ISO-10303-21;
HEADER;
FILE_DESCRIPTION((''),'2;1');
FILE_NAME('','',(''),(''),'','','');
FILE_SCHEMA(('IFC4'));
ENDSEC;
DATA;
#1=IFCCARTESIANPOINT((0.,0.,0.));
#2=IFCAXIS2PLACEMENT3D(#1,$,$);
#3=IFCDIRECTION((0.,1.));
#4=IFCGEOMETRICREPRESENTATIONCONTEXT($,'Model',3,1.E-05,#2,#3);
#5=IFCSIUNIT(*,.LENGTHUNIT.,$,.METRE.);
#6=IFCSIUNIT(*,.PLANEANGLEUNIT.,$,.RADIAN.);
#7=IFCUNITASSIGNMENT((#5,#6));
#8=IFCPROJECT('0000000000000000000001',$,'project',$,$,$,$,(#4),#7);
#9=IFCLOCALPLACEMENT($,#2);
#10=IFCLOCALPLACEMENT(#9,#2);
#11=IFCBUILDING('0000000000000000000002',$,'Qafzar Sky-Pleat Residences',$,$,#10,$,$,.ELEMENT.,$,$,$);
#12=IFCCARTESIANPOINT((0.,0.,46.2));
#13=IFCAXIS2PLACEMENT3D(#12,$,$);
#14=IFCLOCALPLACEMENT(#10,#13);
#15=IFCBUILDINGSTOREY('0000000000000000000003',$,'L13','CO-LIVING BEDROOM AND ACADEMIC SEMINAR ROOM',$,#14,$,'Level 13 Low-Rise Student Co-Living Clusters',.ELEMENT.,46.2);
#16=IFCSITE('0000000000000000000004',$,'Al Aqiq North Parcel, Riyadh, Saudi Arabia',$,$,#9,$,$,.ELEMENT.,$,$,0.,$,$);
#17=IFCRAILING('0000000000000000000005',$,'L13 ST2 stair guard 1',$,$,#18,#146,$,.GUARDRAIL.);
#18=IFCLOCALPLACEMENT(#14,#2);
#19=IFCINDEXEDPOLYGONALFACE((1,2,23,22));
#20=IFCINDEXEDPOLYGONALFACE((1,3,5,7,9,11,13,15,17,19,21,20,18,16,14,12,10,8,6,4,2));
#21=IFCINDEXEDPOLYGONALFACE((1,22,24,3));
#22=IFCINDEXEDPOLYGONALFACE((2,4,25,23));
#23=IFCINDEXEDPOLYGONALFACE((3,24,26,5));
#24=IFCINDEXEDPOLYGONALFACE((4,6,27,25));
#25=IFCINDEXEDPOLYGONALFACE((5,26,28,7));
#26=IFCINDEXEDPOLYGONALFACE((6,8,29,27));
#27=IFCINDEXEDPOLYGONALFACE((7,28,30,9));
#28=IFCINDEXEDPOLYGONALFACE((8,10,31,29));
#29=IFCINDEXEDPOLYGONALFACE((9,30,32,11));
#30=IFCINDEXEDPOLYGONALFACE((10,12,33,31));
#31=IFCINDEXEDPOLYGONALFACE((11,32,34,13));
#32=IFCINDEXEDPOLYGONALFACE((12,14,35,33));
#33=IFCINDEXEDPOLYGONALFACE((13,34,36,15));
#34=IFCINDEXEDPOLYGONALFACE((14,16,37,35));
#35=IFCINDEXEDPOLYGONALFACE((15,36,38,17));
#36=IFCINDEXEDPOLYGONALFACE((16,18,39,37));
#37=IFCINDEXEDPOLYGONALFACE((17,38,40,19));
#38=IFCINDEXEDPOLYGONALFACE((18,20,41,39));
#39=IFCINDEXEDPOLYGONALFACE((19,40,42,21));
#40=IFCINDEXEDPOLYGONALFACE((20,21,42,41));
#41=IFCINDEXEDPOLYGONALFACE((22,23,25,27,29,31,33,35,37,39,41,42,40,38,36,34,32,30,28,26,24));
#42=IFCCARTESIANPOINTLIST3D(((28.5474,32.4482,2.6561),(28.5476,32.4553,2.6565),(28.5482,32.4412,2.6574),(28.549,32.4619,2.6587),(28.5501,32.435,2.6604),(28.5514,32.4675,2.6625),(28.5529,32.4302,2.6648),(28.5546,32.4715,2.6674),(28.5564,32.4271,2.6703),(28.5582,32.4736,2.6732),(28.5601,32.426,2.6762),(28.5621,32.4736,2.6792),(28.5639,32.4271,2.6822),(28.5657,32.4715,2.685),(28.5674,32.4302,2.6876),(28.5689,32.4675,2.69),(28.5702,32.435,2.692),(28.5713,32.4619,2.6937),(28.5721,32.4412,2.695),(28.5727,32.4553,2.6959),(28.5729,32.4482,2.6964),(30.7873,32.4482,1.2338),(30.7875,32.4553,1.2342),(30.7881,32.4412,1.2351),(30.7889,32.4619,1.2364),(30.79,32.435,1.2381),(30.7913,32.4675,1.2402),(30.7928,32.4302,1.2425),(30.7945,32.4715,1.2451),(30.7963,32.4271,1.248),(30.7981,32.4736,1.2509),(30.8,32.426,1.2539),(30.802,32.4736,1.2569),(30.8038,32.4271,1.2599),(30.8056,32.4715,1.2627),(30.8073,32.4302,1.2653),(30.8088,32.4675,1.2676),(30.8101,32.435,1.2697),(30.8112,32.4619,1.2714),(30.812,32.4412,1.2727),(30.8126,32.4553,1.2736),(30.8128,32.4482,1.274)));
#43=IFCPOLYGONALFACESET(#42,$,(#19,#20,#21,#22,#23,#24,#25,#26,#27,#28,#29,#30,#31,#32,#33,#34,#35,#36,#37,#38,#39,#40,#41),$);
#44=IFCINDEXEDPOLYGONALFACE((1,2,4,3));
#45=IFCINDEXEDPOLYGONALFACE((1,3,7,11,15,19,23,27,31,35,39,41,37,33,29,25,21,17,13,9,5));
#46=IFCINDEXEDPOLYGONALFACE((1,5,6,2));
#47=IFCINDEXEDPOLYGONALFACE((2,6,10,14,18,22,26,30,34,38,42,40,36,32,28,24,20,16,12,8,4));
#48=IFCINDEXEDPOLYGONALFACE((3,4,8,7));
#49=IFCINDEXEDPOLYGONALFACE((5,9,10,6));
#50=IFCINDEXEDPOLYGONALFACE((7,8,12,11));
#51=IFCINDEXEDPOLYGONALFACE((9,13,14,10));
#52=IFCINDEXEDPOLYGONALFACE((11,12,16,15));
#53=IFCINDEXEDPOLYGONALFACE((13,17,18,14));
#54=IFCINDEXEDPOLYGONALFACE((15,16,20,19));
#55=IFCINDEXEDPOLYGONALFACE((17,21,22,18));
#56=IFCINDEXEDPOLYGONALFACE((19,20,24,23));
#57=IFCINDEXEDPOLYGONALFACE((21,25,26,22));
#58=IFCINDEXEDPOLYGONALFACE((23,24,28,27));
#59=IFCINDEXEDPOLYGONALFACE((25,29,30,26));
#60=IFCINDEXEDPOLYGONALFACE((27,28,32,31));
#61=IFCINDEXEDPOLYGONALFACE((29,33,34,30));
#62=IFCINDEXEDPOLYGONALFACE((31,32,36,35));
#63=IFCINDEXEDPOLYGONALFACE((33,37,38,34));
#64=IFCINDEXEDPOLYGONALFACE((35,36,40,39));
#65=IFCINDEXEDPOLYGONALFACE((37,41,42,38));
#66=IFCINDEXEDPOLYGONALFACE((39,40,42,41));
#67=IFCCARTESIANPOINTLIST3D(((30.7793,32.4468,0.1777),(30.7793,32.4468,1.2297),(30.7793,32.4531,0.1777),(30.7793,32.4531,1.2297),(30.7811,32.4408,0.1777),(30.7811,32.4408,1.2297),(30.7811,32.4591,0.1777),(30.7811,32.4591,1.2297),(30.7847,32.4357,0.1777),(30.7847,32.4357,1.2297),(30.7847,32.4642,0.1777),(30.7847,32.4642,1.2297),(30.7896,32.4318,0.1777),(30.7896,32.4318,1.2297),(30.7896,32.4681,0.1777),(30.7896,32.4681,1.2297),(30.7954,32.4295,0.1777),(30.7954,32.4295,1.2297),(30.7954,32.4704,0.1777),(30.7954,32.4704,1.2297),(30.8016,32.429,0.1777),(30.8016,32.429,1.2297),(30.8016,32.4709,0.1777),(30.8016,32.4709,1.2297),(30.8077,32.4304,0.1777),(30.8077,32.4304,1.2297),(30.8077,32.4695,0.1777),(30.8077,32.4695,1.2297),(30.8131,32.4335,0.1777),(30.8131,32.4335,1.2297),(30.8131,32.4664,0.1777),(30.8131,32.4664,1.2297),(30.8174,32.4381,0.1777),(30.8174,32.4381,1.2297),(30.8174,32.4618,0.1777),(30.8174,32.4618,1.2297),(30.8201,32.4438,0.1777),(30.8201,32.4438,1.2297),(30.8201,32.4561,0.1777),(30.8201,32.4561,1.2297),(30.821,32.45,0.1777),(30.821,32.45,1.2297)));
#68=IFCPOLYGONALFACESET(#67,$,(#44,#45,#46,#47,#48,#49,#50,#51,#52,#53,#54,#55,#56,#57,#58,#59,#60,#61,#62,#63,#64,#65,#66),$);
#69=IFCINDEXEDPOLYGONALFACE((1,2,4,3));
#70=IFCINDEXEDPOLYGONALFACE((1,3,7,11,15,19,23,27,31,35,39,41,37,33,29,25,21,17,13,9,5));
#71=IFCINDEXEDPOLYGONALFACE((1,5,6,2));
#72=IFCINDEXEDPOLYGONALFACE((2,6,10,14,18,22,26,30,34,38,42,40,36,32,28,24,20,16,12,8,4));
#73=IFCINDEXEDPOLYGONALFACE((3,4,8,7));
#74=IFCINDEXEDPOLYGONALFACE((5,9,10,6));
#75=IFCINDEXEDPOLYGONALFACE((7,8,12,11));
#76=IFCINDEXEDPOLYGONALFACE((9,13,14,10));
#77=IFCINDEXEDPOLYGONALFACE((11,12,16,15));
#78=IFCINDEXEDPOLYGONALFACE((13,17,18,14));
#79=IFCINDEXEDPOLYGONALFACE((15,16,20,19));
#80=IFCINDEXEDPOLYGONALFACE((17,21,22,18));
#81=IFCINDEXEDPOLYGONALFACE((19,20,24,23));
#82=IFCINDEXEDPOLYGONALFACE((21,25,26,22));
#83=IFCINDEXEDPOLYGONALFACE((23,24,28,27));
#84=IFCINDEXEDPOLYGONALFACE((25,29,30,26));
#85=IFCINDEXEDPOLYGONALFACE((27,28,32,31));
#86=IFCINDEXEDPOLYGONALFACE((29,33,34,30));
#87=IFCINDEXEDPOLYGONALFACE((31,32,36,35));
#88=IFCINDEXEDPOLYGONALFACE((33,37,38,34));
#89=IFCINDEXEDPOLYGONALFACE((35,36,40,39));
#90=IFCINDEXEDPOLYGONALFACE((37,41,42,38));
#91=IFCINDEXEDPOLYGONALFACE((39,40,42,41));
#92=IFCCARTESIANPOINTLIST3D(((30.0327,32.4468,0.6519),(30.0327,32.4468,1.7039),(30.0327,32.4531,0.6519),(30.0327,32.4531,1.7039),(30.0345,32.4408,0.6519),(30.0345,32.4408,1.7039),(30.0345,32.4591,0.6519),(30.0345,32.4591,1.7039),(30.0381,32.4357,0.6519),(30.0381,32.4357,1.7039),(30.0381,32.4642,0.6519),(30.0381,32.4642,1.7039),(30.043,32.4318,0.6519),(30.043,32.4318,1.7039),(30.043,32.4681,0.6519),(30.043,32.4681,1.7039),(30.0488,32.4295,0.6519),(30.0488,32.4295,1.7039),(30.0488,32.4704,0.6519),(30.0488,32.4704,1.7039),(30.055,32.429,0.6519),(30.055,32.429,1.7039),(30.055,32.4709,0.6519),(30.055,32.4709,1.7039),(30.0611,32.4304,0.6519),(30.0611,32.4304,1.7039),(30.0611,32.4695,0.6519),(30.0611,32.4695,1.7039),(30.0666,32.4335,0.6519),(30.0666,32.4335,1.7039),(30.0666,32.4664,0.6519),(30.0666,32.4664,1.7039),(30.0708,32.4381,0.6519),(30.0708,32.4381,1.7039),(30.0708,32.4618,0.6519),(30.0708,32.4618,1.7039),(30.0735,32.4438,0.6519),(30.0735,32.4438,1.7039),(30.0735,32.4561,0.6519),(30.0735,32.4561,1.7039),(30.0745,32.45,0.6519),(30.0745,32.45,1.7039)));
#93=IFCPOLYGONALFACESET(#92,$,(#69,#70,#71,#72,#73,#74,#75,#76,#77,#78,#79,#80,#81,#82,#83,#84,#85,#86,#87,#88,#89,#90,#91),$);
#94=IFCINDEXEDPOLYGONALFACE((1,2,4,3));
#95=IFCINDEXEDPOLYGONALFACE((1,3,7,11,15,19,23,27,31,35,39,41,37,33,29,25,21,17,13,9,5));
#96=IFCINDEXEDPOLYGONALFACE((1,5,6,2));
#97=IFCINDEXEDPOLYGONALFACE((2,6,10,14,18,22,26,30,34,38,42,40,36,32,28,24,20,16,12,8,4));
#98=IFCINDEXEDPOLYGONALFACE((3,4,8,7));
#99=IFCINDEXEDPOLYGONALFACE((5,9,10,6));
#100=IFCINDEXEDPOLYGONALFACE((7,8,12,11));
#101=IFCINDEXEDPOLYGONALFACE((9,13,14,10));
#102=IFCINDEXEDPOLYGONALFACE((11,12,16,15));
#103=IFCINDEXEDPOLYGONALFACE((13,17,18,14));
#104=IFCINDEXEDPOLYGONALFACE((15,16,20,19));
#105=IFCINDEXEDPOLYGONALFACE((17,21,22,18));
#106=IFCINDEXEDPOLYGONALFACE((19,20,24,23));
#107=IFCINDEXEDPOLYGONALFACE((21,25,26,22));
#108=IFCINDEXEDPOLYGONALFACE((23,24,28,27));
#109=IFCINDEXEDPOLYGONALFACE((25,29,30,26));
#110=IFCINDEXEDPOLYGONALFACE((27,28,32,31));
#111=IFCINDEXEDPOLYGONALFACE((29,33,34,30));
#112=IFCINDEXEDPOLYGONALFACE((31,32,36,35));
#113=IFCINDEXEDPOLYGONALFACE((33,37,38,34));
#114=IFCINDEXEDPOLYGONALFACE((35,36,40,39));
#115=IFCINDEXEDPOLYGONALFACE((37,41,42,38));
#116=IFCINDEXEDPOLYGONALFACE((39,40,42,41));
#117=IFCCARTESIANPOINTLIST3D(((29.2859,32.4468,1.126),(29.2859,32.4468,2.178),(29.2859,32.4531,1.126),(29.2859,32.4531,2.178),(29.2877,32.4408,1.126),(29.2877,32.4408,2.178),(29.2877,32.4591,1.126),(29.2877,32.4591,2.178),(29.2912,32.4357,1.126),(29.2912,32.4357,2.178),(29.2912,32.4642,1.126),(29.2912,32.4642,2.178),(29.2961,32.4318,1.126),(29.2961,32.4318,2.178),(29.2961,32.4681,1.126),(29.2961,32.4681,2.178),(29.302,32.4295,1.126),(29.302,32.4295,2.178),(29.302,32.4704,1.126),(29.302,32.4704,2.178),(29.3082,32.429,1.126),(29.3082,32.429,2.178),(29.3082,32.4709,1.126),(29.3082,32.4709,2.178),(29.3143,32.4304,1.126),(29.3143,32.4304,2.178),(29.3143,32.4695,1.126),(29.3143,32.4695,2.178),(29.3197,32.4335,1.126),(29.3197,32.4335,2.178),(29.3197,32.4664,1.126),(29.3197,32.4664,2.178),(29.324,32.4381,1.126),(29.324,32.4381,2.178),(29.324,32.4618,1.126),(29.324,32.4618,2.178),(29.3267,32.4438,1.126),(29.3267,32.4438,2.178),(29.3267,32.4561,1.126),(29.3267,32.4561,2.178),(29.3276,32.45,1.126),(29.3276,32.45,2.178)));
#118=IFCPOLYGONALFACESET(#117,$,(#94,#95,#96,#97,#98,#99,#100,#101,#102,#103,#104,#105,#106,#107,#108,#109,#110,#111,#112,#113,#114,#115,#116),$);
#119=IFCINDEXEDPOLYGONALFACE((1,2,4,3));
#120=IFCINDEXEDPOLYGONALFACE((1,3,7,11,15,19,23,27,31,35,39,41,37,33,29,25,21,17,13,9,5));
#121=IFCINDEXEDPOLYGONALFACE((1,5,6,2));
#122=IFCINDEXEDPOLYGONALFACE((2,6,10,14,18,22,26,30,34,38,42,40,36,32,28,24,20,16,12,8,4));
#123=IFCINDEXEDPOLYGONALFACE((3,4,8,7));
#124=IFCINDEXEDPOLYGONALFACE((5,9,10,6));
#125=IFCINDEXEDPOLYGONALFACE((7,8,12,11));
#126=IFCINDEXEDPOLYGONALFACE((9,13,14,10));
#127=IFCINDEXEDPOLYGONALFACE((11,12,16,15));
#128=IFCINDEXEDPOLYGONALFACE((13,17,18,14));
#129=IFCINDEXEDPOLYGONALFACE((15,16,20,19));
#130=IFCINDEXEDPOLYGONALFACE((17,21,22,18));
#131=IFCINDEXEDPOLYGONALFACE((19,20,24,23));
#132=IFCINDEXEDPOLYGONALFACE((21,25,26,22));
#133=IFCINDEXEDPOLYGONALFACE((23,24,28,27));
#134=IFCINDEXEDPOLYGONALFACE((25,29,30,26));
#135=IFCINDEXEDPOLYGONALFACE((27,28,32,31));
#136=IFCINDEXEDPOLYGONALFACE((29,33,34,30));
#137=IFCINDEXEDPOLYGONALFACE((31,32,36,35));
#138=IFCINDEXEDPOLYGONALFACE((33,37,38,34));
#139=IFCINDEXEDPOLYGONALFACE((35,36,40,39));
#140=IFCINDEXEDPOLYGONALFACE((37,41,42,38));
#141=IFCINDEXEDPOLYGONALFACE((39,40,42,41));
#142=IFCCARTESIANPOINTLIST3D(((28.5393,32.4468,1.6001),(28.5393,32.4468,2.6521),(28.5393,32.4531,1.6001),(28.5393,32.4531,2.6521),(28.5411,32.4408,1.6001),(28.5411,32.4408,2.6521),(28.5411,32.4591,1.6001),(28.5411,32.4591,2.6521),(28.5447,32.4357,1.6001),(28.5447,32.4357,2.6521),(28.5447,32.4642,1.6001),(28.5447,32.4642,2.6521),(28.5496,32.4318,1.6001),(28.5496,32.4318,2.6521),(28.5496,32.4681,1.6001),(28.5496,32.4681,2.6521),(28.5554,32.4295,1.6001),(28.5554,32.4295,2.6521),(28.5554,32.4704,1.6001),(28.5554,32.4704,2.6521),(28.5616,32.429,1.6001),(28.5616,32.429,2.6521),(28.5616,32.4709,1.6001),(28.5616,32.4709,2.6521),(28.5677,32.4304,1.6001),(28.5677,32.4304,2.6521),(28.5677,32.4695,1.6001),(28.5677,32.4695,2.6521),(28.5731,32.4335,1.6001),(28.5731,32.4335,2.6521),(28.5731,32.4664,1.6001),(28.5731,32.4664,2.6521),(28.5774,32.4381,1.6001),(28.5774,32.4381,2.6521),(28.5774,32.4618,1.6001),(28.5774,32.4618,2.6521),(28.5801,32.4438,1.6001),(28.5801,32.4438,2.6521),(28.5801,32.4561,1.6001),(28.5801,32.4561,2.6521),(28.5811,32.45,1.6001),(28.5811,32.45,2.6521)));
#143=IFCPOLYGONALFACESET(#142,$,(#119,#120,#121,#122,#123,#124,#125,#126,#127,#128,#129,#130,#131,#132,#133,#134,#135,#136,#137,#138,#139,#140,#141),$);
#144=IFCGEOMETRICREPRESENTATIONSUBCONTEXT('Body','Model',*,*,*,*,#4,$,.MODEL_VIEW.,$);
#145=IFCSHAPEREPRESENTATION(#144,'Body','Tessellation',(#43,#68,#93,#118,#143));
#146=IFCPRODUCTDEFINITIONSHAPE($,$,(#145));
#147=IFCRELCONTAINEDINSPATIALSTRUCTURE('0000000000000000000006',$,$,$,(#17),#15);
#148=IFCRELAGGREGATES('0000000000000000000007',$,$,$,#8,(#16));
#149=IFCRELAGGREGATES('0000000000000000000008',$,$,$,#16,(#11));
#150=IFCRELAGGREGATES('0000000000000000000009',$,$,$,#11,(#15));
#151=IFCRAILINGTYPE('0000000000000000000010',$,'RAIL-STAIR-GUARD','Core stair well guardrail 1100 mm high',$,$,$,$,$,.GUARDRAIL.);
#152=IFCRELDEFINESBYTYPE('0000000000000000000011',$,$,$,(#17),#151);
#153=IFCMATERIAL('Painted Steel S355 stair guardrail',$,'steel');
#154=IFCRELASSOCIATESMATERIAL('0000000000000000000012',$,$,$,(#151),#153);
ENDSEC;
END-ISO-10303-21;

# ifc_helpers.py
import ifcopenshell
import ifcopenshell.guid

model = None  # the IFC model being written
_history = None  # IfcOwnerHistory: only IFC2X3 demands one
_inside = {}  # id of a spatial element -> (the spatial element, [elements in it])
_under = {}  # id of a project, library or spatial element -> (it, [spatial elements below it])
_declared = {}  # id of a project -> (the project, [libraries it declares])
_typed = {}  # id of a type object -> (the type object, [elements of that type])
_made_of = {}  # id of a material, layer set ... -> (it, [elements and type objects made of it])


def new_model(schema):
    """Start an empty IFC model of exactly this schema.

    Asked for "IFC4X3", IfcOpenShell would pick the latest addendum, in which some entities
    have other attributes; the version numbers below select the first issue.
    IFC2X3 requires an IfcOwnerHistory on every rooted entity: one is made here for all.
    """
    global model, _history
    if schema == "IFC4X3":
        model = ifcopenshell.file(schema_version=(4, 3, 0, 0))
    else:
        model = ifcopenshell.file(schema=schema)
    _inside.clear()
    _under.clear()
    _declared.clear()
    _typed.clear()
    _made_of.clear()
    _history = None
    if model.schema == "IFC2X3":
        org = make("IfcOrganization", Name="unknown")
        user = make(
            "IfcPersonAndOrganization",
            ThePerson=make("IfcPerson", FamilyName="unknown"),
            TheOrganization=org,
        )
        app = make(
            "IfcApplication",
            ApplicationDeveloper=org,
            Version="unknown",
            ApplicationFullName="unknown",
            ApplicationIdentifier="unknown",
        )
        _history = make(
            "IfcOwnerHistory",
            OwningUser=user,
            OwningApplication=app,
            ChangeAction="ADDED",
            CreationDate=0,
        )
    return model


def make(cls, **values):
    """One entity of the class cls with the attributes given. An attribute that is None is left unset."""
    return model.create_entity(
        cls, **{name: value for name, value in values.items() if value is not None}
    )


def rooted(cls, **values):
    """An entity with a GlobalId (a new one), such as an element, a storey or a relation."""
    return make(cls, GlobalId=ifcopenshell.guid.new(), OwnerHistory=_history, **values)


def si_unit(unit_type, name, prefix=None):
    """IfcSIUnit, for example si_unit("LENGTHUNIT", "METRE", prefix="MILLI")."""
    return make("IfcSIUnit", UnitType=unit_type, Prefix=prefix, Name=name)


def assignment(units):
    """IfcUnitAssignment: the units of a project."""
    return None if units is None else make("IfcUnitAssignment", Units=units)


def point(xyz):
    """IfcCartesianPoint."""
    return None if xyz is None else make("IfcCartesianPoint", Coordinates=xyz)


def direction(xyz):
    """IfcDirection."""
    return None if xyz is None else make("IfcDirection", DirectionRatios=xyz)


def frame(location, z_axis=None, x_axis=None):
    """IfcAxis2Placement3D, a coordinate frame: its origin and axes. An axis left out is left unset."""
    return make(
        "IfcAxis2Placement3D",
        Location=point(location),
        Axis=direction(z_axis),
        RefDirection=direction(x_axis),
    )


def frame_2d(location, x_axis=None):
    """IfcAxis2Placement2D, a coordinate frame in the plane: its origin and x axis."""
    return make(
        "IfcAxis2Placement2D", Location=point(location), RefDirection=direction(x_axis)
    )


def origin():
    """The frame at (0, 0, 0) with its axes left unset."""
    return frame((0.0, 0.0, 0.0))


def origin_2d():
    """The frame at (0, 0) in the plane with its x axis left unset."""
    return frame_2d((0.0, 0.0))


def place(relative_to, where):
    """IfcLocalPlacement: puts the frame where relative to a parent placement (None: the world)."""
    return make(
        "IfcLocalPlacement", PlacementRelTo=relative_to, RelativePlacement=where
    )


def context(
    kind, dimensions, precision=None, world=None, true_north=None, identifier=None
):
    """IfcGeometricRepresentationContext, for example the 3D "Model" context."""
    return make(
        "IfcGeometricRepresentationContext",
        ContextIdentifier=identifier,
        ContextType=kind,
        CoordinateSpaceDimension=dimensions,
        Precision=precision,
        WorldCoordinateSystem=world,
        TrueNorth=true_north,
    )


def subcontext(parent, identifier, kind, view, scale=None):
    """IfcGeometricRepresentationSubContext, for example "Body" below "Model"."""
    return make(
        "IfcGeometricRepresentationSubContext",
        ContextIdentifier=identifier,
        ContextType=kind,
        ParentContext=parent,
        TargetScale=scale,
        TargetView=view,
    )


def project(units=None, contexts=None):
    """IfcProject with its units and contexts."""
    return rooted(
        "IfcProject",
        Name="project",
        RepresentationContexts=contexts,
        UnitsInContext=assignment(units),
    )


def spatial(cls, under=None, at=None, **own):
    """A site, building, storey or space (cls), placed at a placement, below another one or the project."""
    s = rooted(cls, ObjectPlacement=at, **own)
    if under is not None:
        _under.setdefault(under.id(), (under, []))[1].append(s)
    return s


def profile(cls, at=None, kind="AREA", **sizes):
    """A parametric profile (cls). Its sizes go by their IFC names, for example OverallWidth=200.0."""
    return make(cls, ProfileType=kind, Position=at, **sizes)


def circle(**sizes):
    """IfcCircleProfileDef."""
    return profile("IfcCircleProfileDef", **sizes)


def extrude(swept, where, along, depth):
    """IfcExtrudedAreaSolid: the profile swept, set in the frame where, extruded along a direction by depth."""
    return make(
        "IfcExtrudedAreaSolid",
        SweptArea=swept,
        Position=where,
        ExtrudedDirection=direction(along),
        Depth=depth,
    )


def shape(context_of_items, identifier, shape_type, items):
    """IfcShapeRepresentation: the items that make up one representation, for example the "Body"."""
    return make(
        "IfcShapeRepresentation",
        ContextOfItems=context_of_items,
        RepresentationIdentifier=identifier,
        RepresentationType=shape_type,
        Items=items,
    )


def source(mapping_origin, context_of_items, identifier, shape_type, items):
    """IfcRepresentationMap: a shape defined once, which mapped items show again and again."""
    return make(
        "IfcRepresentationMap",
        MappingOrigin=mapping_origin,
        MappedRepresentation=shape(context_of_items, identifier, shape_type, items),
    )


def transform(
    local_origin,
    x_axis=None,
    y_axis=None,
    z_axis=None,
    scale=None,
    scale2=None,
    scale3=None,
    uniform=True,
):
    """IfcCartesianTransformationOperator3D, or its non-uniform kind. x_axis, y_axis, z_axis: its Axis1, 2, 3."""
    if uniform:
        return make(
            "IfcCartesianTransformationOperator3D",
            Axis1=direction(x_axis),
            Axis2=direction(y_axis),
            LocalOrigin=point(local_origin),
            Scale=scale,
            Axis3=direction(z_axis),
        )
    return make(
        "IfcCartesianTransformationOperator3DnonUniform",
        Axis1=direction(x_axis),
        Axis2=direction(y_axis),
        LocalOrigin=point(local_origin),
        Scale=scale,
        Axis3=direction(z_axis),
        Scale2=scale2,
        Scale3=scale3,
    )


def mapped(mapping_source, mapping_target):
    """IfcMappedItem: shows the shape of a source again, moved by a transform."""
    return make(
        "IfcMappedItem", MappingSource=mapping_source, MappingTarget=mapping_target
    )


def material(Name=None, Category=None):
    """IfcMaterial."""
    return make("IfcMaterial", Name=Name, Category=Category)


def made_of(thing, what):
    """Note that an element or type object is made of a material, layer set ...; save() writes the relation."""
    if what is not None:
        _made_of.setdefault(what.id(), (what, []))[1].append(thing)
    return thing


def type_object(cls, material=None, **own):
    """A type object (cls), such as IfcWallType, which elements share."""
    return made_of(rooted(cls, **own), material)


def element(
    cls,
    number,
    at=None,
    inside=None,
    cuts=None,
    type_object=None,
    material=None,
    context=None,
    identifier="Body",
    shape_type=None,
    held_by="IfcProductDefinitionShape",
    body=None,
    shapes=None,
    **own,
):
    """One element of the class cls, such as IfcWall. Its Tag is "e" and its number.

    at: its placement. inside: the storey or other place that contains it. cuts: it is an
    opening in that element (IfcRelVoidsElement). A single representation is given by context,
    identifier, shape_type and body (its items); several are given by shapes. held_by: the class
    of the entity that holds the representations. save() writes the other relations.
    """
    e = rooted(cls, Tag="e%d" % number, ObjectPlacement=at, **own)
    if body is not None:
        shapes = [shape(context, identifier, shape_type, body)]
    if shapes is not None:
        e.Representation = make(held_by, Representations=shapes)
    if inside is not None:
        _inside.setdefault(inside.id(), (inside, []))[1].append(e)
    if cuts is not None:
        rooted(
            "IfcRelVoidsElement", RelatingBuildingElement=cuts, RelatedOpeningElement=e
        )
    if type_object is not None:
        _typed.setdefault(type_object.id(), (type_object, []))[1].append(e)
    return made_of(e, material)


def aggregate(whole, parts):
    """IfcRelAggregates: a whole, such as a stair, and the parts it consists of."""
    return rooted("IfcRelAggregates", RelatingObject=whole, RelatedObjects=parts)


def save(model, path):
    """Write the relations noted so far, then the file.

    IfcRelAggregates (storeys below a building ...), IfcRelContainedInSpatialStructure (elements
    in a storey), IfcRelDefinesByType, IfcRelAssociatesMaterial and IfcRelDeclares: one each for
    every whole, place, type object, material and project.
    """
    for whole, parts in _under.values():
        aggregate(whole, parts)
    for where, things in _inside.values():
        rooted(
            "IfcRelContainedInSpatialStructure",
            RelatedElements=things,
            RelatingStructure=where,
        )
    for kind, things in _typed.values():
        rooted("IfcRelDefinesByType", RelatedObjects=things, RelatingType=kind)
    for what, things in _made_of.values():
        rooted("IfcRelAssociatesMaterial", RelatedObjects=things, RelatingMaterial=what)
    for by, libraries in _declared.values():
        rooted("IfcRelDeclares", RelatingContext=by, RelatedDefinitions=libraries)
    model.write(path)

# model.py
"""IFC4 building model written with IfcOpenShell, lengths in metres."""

from ifc_helpers import new_model, si_unit, direction, frame, origin, origin_2d, place, context, subcontext, project, spatial, circle, extrude, source, transform, mapped, material, type_object, element, save


model = new_model("IFC4")

# Units and contexts
model_context = context("Model", 3, precision=1e-05, world=origin(), true_north=direction((0.0, 1.0)))
body_context = subcontext(model_context, "Body", "Model", "MODEL_VIEW")
ifc_project = project(units=[si_unit("LENGTHUNIT", "METRE"), si_unit("PLANEANGLEUNIT", "RADIAN")], contexts=[model_context])

# Site, building, storey
site_placement = place(None, origin())
site = spatial("IfcSite", under=ifc_project, at=site_placement, Name="Al Aqiq North Parcel, Riyadh, Saudi Arabia", CompositionType="ELEMENT", RefElevation=0.0)
building_placement = place(site_placement, origin())
building = spatial("IfcBuilding", under=site, at=building_placement, Name="Qafzar Sky-Pleat Residences", CompositionType="ELEMENT")
storey_placement = place(building_placement, frame((0.0, 0.0, 46.2)))
storey = spatial("IfcBuildingStorey", under=building, at=storey_placement, Name="L13", Description="CO-LIVING BEDROOM AND ACADEMIC SEMINAR ROOM", LongName="Level 13 Low-Rise Student Co-Living Clusters", CompositionType="ELEMENT", Elevation=46.2)

# Railing
ifc_material_1 = material(Name="Painted Steel S355 stair guardrail", Category="steel")
railing_type_1 = type_object("IfcRailingType", Name="RAIL-STAIR-GUARD", Description="Core stair well guardrail 1100 mm high", PredefinedType="GUARDRAIL", material=ifc_material_1)
shared_shape_1 = source(origin(), body_context, "Body", "SweptSolid", [
    extrude(circle(Radius=0.0239, at=origin_2d()), frame((0.0, 0.0, 1.0762), z_axis=(-0.844188, 0.0, 0.536048), x_axis=(0.0, -1.0, 0.0)), (0.0, 0.0, 1.0), 2.6533),
    extrude(circle(Radius=0.021, at=origin_2d()), origin(), (0.0, 0.0, 1.0), 1.052),
    extrude(circle(Radius=0.021, at=origin_2d()), frame((-0.7466, 0.0, 0.4741)), (0.0, 0.0, 1.0), 1.052),
    extrude(circle(Radius=0.021, at=origin_2d()), frame((-1.4934, 0.0, 0.9482)), (0.0, 0.0, 1.0), 1.052),
    extrude(circle(Radius=0.021, at=origin_2d()), frame((-2.24, 0.0, 1.4224)), (0.0, 0.0, 1.0), 1.052),
])
railing_1_placement = place(storey_placement, frame((30.8, 32.45, 0.1777)))
element("IfcRailing", 1, at=railing_1_placement, inside=storey, type_object=railing_type_1, Name="L13 ST2 stair guard 1", PredefinedType="GUARDRAIL", context=body_context, shape_type="MappedRepresentation", body=[
    mapped(shared_shape_1, transform((0.0, 0.0, 0.0), x_axis=(1.0, 0.0, 0.0), y_axis=(0.0, 1.0, 0.0), z_axis=(0.0, 0.0, 1.0), scale=1.0)),
])

save(model, "model.ifc")
